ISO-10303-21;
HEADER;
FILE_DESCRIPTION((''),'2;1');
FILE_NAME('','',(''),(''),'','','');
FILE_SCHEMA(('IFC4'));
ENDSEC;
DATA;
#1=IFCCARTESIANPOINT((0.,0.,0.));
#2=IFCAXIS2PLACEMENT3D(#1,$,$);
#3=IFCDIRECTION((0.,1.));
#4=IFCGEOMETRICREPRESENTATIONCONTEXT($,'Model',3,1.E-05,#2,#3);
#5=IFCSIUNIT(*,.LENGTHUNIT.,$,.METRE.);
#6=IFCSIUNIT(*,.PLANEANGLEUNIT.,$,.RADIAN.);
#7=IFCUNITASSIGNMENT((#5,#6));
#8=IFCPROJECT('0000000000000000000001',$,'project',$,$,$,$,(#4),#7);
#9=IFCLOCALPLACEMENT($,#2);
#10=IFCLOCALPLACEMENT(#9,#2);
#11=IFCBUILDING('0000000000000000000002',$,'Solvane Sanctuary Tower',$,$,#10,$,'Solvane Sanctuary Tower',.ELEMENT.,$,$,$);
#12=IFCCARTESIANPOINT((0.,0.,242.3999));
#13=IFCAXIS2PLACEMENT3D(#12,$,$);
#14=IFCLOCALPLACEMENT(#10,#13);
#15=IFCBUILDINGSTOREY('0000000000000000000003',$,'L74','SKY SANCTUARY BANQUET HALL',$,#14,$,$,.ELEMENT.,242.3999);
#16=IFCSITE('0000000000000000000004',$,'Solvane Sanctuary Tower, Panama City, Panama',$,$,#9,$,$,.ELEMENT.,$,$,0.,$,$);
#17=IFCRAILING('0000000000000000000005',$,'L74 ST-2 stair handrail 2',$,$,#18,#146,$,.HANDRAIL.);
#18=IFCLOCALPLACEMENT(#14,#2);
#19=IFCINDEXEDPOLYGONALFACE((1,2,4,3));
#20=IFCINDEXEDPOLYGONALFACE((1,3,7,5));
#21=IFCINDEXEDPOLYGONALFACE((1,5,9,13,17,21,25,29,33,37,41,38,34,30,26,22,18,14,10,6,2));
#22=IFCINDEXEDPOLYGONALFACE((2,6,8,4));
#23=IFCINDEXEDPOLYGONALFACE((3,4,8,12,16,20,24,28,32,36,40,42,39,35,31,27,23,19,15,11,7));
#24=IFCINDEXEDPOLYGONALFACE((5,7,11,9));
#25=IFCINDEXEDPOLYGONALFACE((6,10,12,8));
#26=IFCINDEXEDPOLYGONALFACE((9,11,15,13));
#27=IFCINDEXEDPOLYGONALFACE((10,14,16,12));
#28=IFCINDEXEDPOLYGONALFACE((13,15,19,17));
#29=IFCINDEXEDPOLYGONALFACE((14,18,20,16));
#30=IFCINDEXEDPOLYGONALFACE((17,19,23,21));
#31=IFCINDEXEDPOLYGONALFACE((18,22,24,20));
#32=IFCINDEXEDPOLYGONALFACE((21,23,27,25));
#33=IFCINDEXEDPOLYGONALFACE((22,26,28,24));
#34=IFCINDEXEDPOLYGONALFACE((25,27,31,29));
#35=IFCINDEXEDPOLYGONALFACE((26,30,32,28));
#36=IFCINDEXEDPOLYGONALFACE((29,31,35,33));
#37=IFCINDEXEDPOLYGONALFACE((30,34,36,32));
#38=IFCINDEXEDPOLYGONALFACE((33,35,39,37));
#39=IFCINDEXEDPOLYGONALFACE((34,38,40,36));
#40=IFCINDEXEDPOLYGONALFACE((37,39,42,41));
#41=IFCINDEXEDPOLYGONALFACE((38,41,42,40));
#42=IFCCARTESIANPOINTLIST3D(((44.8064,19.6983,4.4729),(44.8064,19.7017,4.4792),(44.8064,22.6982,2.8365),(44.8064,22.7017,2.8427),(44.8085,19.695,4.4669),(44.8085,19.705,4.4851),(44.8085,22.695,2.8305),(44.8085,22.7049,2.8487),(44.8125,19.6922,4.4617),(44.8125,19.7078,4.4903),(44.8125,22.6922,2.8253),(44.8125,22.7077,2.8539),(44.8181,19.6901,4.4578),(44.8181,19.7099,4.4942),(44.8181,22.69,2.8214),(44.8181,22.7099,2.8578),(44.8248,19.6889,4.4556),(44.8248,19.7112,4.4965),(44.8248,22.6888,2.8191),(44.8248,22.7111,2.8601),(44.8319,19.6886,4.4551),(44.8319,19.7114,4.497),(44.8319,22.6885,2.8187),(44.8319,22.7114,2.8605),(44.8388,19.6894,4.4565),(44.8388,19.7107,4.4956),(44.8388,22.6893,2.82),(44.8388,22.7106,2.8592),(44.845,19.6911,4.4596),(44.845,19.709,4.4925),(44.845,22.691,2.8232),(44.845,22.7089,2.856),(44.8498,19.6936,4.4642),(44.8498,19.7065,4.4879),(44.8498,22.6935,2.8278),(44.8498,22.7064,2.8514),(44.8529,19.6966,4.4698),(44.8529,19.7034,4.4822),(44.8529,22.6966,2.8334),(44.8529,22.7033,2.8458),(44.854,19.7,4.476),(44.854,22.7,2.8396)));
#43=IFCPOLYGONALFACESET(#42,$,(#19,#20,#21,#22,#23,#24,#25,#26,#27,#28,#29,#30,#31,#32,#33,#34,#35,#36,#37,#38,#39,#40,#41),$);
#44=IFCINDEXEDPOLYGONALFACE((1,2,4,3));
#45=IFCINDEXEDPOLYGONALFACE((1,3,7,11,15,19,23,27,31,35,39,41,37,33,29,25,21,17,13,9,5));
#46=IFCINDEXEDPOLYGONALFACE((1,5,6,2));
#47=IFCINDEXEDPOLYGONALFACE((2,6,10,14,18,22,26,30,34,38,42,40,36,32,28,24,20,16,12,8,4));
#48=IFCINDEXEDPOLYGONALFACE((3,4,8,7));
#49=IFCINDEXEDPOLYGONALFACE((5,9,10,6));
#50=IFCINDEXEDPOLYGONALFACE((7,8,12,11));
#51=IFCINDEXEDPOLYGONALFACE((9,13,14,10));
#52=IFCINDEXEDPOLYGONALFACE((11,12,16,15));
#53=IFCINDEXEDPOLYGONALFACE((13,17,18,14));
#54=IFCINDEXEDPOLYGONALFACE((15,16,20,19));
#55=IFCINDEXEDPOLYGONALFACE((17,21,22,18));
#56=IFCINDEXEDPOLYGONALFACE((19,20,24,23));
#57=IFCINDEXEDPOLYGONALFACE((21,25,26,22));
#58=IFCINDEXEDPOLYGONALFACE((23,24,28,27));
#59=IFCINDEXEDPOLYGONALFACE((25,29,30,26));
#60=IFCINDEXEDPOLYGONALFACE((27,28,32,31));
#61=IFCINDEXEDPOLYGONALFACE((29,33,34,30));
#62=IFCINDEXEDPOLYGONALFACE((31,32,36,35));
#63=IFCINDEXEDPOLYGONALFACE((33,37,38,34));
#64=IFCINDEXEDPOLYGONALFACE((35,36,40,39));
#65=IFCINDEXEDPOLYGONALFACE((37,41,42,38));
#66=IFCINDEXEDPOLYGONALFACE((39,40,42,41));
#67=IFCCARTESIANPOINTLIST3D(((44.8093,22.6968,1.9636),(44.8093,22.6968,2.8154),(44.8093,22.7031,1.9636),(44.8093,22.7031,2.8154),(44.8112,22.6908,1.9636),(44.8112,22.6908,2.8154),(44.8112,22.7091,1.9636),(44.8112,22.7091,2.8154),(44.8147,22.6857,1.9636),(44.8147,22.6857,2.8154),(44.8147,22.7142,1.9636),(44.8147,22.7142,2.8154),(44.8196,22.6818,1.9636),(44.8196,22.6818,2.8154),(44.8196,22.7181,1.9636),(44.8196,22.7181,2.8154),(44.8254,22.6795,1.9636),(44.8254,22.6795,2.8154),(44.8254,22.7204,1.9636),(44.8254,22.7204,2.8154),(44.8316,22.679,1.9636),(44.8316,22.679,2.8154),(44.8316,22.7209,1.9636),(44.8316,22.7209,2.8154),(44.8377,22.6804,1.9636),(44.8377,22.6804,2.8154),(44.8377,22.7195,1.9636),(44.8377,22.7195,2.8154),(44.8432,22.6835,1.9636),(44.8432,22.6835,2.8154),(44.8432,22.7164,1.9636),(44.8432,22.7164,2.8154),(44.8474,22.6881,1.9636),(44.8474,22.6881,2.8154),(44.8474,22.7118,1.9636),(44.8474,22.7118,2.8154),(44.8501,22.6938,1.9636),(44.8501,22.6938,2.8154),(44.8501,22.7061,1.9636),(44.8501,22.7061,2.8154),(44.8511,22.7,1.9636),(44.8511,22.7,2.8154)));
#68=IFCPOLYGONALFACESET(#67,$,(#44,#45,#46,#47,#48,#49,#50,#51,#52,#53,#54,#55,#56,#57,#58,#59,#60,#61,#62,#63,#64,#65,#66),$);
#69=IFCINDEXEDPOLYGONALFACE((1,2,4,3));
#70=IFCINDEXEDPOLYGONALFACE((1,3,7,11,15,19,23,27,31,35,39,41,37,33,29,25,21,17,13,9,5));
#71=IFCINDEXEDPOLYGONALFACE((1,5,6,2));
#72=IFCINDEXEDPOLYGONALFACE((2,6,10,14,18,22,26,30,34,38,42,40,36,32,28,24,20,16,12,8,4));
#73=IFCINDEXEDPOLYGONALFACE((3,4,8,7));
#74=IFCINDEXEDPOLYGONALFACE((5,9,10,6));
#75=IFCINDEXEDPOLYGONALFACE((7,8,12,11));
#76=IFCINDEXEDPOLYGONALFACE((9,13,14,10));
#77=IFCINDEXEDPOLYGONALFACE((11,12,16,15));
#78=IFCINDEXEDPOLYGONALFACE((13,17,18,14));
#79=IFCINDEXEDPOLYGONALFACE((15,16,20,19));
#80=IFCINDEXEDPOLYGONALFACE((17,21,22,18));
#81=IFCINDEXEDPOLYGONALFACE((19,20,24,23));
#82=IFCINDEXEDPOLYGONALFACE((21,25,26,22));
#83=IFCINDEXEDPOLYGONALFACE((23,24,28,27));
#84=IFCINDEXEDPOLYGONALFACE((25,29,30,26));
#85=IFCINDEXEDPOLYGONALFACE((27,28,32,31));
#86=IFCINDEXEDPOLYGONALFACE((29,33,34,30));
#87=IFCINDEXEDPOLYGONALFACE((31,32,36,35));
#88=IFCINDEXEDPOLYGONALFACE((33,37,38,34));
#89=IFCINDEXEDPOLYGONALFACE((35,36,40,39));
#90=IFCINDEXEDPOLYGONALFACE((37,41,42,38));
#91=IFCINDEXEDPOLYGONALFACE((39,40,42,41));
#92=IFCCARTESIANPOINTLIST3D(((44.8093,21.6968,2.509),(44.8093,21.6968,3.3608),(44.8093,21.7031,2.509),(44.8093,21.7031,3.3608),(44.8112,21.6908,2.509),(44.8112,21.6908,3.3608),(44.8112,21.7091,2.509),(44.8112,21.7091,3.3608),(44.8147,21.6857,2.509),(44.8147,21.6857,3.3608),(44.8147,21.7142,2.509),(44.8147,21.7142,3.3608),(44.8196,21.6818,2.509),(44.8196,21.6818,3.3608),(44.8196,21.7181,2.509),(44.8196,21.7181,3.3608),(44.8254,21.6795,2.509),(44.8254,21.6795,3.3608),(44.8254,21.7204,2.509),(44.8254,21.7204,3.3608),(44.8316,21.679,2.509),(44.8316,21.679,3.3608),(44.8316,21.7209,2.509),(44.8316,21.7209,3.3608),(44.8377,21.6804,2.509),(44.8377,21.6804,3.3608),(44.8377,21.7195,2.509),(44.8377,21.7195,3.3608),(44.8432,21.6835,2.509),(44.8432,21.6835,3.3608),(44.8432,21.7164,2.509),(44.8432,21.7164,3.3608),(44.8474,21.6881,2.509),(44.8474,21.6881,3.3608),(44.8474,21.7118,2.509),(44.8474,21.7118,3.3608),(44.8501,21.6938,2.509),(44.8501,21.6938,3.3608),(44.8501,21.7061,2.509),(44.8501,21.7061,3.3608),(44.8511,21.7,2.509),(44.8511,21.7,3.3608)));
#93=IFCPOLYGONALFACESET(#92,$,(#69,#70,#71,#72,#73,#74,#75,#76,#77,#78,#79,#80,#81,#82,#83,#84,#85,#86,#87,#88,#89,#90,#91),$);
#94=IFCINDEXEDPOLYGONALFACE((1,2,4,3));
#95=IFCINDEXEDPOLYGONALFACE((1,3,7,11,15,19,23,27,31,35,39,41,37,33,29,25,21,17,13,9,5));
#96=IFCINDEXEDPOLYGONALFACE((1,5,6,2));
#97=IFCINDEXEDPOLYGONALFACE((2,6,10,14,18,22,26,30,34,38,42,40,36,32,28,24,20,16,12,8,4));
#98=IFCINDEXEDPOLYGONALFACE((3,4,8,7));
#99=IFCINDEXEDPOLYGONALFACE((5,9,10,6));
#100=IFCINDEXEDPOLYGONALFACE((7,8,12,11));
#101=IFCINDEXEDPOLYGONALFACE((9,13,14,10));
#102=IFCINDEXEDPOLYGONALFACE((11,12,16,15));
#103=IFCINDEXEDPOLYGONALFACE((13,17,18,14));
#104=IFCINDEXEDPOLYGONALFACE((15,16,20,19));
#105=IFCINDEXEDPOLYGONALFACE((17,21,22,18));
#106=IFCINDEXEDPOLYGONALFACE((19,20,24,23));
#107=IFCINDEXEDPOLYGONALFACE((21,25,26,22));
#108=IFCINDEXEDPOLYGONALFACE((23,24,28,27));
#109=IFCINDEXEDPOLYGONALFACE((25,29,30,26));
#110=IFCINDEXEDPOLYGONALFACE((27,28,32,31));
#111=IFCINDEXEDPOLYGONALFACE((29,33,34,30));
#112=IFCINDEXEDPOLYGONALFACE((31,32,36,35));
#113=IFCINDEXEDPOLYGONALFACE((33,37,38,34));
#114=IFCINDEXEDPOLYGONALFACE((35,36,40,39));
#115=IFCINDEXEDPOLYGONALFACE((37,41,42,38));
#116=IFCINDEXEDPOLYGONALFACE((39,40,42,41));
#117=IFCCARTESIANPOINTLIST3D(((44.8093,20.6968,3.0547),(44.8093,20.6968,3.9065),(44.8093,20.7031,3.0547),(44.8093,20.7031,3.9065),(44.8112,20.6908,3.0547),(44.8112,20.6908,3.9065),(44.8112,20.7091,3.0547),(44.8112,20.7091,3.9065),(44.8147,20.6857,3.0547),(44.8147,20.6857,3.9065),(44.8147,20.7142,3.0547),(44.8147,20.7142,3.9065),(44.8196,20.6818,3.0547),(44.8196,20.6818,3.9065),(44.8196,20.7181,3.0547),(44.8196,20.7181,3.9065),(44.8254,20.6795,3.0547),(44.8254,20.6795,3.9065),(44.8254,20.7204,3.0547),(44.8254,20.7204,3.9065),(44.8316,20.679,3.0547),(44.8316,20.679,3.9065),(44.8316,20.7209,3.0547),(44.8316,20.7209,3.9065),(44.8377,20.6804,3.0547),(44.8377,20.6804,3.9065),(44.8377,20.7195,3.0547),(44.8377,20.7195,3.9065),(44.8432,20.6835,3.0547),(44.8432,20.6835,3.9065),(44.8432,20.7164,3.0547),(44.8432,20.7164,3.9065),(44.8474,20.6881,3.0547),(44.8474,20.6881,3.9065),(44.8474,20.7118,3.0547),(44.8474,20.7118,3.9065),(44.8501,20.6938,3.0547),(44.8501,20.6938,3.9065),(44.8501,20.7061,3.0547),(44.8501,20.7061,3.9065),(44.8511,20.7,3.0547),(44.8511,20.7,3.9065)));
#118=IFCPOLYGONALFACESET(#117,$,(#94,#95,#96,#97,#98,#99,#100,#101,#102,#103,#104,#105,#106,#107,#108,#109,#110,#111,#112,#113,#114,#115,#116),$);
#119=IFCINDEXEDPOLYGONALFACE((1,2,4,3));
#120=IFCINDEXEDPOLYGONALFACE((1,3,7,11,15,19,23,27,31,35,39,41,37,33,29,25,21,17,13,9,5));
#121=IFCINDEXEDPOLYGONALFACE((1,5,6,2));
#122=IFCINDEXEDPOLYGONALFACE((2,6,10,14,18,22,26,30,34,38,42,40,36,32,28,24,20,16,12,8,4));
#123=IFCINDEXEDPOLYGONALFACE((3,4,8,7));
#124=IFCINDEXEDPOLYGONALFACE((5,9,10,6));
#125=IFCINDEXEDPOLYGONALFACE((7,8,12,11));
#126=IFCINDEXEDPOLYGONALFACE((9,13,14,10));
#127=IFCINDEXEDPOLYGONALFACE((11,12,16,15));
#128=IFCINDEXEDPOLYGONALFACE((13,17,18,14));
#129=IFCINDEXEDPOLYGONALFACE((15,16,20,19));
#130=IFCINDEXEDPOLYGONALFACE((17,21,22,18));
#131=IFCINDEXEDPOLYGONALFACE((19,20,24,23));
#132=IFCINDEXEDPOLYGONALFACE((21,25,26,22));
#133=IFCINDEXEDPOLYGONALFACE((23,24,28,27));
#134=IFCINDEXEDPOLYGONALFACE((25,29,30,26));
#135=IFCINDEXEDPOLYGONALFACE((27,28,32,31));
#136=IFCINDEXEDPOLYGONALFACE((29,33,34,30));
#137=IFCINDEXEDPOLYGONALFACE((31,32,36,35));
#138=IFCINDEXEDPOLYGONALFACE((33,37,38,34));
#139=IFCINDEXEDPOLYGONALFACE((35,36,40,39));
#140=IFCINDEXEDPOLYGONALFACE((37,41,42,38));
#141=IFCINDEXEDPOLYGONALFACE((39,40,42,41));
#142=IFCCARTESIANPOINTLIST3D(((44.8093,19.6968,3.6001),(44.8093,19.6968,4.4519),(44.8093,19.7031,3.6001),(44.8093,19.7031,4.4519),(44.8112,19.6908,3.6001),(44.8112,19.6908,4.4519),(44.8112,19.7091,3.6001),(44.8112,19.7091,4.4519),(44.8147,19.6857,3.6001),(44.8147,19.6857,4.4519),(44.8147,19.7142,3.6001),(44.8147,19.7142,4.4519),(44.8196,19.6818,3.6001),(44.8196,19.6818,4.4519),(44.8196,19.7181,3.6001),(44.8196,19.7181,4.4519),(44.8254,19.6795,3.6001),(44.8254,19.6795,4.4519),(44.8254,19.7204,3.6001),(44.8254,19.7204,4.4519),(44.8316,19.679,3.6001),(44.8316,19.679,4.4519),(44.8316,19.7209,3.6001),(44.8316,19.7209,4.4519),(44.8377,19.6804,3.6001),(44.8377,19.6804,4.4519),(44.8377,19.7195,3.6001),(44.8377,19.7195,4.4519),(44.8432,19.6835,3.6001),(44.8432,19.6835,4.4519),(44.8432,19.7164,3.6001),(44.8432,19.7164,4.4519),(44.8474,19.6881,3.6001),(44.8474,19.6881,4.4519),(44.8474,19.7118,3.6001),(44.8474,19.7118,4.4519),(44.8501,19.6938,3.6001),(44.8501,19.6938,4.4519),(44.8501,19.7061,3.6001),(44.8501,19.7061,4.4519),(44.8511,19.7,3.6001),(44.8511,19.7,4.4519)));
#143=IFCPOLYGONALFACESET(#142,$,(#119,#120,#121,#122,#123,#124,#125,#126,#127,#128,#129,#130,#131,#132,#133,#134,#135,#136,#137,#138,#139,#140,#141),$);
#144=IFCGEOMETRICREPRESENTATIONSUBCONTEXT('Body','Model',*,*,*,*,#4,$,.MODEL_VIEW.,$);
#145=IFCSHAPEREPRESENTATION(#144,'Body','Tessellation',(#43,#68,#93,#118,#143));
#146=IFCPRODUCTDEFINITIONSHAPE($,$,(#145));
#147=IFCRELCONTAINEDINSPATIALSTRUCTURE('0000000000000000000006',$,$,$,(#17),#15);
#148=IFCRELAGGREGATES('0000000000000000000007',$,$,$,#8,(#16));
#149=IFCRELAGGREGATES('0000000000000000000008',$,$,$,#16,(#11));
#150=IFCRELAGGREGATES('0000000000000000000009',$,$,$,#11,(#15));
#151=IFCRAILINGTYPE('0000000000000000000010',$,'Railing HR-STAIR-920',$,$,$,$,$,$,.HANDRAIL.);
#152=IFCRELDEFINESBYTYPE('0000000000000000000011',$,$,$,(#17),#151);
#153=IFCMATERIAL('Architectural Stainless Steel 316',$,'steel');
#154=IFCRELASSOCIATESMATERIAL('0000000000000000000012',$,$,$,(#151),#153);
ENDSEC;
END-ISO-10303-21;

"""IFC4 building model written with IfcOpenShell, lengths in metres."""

from ifc_helpers import new_model, si_unit, direction, frame, origin, origin_2d, place, context, subcontext, project, spatial, circle, extrude, material, type_object, element, save


model = new_model("IFC4")

# Units and contexts
model_context = context("Model", 3, precision=1e-05, world=origin(), true_north=direction((0.0, 1.0)))
body_context = subcontext(model_context, "Body", "Model", "MODEL_VIEW")
ifc_project = project(units=[si_unit("LENGTHUNIT", "METRE"), si_unit("PLANEANGLEUNIT", "RADIAN")], contexts=[model_context])

# Site, building, storey
site_placement = place(None, origin())
site = spatial("IfcSite", under=ifc_project, at=site_placement, Name="Solvane Sanctuary Tower, Panama City, Panama", CompositionType="ELEMENT", RefElevation=0.0)
building_placement = place(site_placement, origin())
building = spatial("IfcBuilding", under=site, at=building_placement, Name="Solvane Sanctuary Tower", LongName="Solvane Sanctuary Tower", CompositionType="ELEMENT")
storey_placement = place(building_placement, frame((0.0, 0.0, 242.3999)))
storey = spatial("IfcBuildingStorey", under=building, at=storey_placement, Name="L74", Description="SKY SANCTUARY BANQUET HALL", CompositionType="ELEMENT", Elevation=242.3999)

# Shared definitions
ifc_material_1 = material(Name="Architectural Stainless Steel 316", Category="steel")

# Railing
railing_type_1 = type_object("IfcRailingType", Name="Railing HR-STAIR-920", PredefinedType="HANDRAIL", material=ifc_material_1)
railing_1_placement = place(storey_placement, frame((44.8301, 22.7, 1.9636)))
element("IfcRailing", 1, at=railing_1_placement, inside=storey, type_object=railing_type_1, Name="L74 ST-2 stair handrail 2", PredefinedType="HANDRAIL", context=body_context, shape_type="SweptSolid", body=[
    extrude(circle(Radius=0.0239, at=origin_2d()), frame((0.0, 0.0, 0.876), z_axis=(0.0, -0.877882, 0.478877), x_axis=(1.0, 0.0, 0.0)), (0.0, 0.0, 1.0), 3.4172),
    extrude(circle(Radius=0.021, at=origin_2d()), origin(), (0.0, 0.0, 1.0), 0.8518),
    extrude(circle(Radius=0.021, at=origin_2d()), frame((0.0, -1.0, 0.5454)), (0.0, 0.0, 1.0), 0.8518),
    extrude(circle(Radius=0.021, at=origin_2d()), frame((0.0, -2.0, 1.0911)), (0.0, 0.0, 1.0), 0.8518),
    extrude(circle(Radius=0.021, at=origin_2d()), frame((0.0, -3.0, 1.6365)), (0.0, 0.0, 1.0), 0.8518),
])

save(model, "model.ifc")
